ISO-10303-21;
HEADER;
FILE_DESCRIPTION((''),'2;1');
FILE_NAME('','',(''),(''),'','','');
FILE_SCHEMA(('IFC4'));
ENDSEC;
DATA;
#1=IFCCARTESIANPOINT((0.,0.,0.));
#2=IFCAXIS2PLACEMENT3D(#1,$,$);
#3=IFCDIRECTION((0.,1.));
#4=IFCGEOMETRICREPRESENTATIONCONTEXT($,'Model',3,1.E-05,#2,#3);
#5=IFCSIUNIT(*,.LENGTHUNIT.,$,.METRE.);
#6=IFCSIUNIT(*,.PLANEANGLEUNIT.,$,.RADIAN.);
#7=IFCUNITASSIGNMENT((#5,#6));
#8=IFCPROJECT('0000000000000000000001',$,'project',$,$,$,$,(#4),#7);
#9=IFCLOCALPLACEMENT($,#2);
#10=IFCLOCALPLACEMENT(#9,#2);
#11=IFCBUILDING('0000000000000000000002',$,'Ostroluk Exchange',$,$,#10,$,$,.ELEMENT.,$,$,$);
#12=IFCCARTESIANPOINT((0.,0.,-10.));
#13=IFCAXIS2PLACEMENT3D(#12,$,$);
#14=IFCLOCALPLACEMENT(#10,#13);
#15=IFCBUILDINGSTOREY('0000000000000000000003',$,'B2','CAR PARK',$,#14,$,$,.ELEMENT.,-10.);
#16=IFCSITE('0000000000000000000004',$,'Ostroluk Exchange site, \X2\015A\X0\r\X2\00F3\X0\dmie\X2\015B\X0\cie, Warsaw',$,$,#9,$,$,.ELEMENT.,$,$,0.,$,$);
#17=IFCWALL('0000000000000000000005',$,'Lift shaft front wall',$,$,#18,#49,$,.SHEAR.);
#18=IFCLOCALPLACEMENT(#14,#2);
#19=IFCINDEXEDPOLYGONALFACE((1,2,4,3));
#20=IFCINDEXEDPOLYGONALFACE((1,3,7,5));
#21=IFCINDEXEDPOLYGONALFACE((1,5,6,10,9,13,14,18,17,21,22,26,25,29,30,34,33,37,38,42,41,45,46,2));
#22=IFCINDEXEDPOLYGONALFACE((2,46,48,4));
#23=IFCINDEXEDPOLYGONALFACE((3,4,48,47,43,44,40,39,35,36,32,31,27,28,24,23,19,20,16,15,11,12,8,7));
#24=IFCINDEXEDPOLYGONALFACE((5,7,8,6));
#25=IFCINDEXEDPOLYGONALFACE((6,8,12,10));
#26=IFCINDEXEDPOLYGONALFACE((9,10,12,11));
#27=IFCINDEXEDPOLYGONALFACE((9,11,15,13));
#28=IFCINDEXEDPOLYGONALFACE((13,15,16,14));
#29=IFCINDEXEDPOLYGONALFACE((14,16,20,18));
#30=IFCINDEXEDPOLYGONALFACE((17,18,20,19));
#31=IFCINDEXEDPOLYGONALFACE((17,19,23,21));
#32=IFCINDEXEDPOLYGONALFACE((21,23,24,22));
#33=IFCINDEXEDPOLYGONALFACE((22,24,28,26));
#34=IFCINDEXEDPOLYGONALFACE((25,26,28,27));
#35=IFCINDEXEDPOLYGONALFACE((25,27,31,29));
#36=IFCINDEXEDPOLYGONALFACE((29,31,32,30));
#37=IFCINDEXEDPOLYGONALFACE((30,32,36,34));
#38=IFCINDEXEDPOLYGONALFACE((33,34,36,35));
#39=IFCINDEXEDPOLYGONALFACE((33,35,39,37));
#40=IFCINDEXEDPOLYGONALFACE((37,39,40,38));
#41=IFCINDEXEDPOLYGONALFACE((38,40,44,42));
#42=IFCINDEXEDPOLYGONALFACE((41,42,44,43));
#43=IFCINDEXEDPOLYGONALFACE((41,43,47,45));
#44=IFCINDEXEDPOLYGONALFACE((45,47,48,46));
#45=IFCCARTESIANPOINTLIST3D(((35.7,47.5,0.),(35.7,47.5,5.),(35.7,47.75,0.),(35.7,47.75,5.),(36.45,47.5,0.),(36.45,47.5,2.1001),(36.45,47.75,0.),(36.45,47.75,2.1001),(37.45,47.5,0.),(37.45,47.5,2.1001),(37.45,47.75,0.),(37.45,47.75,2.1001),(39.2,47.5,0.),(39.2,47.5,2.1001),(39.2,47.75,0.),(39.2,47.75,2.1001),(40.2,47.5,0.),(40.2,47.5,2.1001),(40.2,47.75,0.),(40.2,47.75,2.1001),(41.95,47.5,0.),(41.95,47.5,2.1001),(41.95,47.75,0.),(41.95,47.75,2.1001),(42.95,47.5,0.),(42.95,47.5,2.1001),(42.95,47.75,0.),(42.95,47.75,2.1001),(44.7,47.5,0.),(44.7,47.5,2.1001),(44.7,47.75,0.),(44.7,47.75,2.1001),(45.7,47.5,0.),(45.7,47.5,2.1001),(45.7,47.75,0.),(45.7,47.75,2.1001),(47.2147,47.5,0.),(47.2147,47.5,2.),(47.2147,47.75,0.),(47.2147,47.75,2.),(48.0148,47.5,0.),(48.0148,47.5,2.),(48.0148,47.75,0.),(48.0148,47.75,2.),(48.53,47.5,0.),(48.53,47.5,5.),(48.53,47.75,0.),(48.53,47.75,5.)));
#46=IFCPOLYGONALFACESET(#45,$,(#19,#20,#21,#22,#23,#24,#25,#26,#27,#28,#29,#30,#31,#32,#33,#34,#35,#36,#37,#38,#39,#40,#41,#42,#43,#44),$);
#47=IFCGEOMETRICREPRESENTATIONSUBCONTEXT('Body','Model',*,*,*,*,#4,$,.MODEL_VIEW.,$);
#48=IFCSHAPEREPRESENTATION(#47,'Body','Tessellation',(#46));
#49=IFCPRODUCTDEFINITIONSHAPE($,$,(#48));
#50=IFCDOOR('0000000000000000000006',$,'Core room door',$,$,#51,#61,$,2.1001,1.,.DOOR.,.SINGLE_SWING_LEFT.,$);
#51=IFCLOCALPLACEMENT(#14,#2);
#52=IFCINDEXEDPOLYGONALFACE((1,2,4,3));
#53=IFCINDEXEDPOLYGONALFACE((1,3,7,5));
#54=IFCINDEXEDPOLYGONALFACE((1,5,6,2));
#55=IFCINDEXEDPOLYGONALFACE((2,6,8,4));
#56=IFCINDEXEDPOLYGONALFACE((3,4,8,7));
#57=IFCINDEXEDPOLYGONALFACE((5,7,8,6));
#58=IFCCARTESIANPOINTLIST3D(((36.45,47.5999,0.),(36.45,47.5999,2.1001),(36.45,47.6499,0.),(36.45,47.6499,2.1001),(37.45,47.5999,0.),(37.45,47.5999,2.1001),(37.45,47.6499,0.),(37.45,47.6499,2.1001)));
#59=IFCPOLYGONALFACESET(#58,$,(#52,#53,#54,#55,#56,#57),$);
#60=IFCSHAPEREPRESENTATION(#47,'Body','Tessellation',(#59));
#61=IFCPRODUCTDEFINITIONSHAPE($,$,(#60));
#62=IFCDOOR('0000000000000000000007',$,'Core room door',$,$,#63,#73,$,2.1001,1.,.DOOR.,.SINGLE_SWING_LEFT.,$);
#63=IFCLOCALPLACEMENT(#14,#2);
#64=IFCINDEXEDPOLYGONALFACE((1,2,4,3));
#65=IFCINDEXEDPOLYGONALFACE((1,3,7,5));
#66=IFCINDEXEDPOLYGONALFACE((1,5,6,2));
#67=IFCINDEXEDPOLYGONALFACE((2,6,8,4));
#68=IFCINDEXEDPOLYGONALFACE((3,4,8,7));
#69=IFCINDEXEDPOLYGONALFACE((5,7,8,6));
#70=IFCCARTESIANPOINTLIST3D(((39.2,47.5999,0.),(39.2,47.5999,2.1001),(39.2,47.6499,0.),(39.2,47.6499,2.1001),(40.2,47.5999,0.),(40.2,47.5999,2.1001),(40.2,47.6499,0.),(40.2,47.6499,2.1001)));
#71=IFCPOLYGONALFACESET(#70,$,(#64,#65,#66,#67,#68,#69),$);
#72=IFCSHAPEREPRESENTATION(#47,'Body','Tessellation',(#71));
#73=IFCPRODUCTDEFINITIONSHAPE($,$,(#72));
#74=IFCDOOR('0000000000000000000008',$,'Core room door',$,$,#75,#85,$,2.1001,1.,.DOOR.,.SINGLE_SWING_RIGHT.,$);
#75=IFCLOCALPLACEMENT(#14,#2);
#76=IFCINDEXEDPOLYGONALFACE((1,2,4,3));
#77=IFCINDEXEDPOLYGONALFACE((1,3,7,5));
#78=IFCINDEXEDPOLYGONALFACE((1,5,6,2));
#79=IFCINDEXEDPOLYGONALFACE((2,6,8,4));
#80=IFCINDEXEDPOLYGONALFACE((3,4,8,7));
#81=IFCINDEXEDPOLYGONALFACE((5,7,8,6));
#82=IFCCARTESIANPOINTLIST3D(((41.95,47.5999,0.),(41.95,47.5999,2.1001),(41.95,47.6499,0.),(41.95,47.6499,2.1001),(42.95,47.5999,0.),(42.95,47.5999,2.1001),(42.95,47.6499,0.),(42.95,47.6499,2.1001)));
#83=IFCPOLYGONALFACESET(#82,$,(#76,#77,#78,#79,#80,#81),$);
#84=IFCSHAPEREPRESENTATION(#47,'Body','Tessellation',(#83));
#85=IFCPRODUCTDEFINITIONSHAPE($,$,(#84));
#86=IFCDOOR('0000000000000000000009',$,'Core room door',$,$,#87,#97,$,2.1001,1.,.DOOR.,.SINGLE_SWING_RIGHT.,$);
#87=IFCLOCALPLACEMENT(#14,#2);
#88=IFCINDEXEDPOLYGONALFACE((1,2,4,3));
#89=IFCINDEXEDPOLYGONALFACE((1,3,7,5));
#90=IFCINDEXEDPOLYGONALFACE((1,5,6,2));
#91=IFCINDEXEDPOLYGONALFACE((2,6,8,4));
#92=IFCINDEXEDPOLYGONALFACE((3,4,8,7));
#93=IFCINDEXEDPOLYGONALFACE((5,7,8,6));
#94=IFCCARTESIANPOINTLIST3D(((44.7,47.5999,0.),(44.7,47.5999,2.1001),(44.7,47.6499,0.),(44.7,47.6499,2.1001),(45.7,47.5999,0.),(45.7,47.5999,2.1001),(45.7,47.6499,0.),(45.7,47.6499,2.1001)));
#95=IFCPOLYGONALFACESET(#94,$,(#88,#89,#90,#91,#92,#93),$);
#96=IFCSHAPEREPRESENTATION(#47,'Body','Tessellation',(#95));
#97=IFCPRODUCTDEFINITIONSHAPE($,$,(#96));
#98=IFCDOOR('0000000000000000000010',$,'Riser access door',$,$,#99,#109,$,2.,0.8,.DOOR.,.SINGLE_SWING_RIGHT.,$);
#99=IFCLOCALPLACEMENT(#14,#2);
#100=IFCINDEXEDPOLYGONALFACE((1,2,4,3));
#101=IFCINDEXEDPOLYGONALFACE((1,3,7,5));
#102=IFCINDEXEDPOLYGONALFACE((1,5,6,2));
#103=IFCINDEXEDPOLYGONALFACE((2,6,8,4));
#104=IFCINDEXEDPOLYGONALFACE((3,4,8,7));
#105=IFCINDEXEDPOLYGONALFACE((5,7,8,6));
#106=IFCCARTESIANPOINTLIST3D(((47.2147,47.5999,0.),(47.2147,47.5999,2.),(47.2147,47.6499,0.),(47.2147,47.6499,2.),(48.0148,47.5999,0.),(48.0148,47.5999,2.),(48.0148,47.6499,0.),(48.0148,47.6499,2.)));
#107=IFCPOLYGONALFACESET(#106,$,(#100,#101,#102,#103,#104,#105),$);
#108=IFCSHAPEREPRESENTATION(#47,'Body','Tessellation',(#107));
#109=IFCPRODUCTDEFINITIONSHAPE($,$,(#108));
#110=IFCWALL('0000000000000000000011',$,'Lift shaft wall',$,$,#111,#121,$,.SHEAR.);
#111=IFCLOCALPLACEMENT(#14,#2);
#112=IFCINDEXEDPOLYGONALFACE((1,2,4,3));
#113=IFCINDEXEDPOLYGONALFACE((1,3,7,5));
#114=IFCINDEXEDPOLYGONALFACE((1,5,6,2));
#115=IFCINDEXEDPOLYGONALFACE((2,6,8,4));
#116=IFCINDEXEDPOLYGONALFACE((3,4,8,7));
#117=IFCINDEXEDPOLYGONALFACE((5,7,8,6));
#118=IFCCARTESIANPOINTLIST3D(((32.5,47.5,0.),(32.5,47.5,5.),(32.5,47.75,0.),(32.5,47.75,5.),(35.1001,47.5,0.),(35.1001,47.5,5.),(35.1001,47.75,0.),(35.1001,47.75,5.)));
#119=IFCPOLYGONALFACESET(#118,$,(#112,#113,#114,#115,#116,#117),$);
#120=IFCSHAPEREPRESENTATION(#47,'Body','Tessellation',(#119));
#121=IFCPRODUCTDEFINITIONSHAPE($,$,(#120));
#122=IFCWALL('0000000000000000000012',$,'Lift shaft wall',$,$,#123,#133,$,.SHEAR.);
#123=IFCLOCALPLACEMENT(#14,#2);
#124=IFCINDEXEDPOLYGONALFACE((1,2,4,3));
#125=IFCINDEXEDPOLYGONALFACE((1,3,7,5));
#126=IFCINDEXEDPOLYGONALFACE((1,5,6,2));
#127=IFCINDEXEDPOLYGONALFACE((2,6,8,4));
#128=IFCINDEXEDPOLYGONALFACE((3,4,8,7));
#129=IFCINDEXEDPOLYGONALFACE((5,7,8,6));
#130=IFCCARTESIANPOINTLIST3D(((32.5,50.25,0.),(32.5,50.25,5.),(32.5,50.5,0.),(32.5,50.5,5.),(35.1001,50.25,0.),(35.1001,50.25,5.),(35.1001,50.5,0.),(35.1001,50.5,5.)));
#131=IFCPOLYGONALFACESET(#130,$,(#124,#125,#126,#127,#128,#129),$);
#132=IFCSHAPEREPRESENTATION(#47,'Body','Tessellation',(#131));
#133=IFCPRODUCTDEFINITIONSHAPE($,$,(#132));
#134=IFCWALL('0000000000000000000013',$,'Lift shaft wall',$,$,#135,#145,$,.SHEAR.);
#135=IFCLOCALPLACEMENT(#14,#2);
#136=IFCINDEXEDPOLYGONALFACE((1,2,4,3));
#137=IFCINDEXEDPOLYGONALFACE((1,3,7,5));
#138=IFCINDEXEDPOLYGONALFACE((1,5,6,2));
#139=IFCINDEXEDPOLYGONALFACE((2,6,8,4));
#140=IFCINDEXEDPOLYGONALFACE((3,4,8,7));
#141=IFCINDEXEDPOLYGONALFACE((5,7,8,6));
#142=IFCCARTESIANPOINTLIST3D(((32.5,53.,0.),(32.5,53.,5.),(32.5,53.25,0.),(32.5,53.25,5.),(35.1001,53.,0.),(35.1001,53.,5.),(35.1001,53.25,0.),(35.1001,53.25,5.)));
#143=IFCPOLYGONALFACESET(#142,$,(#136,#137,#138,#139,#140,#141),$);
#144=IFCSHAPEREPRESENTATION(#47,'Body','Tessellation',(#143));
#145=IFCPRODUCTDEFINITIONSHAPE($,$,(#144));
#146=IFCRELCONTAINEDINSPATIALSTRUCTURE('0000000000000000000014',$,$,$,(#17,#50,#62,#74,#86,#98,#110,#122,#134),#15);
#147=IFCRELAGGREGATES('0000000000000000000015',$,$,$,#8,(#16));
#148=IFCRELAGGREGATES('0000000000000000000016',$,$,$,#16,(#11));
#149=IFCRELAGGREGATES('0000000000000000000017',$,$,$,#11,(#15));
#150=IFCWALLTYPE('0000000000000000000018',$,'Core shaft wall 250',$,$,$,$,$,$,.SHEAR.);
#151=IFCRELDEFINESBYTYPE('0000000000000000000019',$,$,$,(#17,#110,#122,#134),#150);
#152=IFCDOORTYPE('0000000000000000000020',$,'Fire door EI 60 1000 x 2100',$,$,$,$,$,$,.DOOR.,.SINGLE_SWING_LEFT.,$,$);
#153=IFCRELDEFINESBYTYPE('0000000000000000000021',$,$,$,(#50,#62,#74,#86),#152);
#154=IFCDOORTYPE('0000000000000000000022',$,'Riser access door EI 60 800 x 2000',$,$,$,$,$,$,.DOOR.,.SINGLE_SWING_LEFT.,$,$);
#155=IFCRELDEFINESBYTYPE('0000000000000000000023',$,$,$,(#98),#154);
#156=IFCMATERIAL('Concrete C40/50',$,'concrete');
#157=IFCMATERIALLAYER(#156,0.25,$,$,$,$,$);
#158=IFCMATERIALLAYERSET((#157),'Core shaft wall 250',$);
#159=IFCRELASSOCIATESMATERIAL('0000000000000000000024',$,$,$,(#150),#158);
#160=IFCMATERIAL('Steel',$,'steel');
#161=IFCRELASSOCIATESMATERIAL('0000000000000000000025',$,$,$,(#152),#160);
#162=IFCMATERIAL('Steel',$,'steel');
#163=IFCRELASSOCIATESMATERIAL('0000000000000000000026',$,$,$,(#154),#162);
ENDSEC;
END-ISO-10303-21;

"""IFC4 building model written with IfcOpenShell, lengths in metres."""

from ifc_helpers import new_model, si_unit, direction, frame, frame_2d, origin, place, context, subcontext, project, spatial, rectangle, extrude, material, layer, layer_set, type_object, element, fill, save


model = new_model("IFC4")

# Units and contexts
model_context = context("Model", 3, precision=1e-05, world=origin(), true_north=direction((0.0, 1.0)))
body_context = subcontext(model_context, "Body", "Model", "MODEL_VIEW")
ifc_project = project(units=[si_unit("LENGTHUNIT", "METRE"), si_unit("PLANEANGLEUNIT", "RADIAN")], contexts=[model_context])

# Site, building, storey
site_placement = place(None, origin())
site = spatial("IfcSite", under=ifc_project, at=site_placement, Name="Ostroluk Exchange site, Śródmieście, Warsaw", CompositionType="ELEMENT", RefElevation=0.0)
building_placement = place(site_placement, origin())
building = spatial("IfcBuilding", under=site, at=building_placement, Name="Ostroluk Exchange", CompositionType="ELEMENT")
storey_placement = place(building_placement, frame((0.0, 0.0, -10.0)))
storey = spatial("IfcBuildingStorey", under=building, at=storey_placement, Name="B2", Description="CAR PARK", CompositionType="ELEMENT", Elevation=-10.0)

# Shared definitions
ifc_material_1 = material(Name="Concrete C40/50", Category="concrete")
ifc_layer_1 = layer(ifc_material_1, 0.25)
ifc_layer_set_1 = layer_set([ifc_layer_1], Name="Core shaft wall 250")
wall_type_1 = type_object("IfcWallType", Name="Core shaft wall 250", PredefinedType="SHEAR", material=ifc_layer_set_1)

# Wall, openings, doors
wall_1_placement = place(storey_placement, frame((35.7, 47.625, 0.0), z_axis=(0.0, 0.0, 1.0), x_axis=(1.0, 0.0, 0.0)))
wall_1 = element("IfcWall", 1, at=wall_1_placement, inside=storey, type_object=wall_type_1, Name="Lift shaft front wall", PredefinedType="SHEAR", context=body_context, shape_type="SweptSolid", body=[
    extrude(rectangle(XDim=12.8301, YDim=0.25, at=frame_2d((6.415, 0.0))), origin(), (0.0, 0.0, 1.0), 5.0),
])
opening_1_placement = place(wall_1_placement, frame((0.75, 0.0, 0.0)))
opening_1 = element("IfcOpeningElement", 2, at=opening_1_placement, cuts=wall_1, PredefinedType="OPENING", context=body_context, shape_type="SweptSolid", body=[
    extrude(rectangle(XDim=1.0, YDim=2.1001, at=frame_2d((0.5, 1.05))), frame((0.0, 0.135, 0.0), z_axis=(0.0, -1.0, 0.0), x_axis=(1.0, 0.0, 0.0)), (0.0, 0.0, 1.0), 0.27),
])
opening_2_placement = place(wall_1_placement, frame((3.5, 0.0, 0.0)))
opening_2 = element("IfcOpeningElement", 3, at=opening_2_placement, cuts=wall_1, PredefinedType="OPENING", context=body_context, shape_type="SweptSolid", body=[
    extrude(rectangle(XDim=1.0, YDim=2.1001, at=frame_2d((0.5, 1.05))), frame((0.0, 0.135, 0.0), z_axis=(0.0, -1.0, 0.0), x_axis=(1.0, 0.0, 0.0)), (0.0, 0.0, 1.0), 0.27),
])
opening_3_placement = place(wall_1_placement, frame((6.25, 0.0, 0.0)))
opening_3 = element("IfcOpeningElement", 4, at=opening_3_placement, cuts=wall_1, PredefinedType="OPENING", context=body_context, shape_type="SweptSolid", body=[
    extrude(rectangle(XDim=1.0, YDim=2.1001, at=frame_2d((0.5, 1.05))), frame((0.0, 0.135, 0.0), z_axis=(0.0, -1.0, 0.0), x_axis=(1.0, 0.0, 0.0)), (0.0, 0.0, 1.0), 0.27),
])
opening_4_placement = place(wall_1_placement, frame((9.0, 0.0, 0.0)))
opening_4 = element("IfcOpeningElement", 5, at=opening_4_placement, cuts=wall_1, PredefinedType="OPENING", context=body_context, shape_type="SweptSolid", body=[
    extrude(rectangle(XDim=1.0, YDim=2.1001, at=frame_2d((0.5, 1.05))), frame((0.0, 0.135, 0.0), z_axis=(0.0, -1.0, 0.0), x_axis=(1.0, 0.0, 0.0)), (0.0, 0.0, 1.0), 0.27),
])
opening_5_placement = place(wall_1_placement, frame((11.5149, 0.0, 0.0)))
opening_5 = element("IfcOpeningElement", 6, at=opening_5_placement, cuts=wall_1, PredefinedType="OPENING", context=body_context, shape_type="SweptSolid", body=[
    extrude(rectangle(XDim=0.8, YDim=2.0, at=frame_2d((0.3999, 1.0))), frame((0.0, 0.135, 0.0), z_axis=(0.0, -1.0, 0.0), x_axis=(1.0, 0.0, 0.0)), (0.0, 0.0, 1.0), 0.27),
])
ifc_material_2 = material(Name="Steel", Category="steel")
door_type_1 = type_object("IfcDoorType", Name="Fire door EI 60 1000 x 2100", OperationType="SINGLE_SWING_LEFT", PredefinedType="DOOR", material=ifc_material_2)
door_1_placement = place(opening_1_placement, origin())
door_1 = element("IfcDoor", 7, at=door_1_placement, inside=storey, type_object=door_type_1, Name="Core room door", OperationType="SINGLE_SWING_LEFT", OverallHeight=2.1001, OverallWidth=1.0, PredefinedType="DOOR", context=body_context, shape_type="SweptSolid", body=[
    extrude(rectangle(XDim=1.0, YDim=2.1001, at=frame_2d((0.5, 1.05))), frame((0.0, 0.0249, 0.0), z_axis=(0.0, -1.0, 0.0), x_axis=(1.0, 0.0, 0.0)), (0.0, 0.0, 1.0), 0.05),
])
fill(opening_1, door_1)
door_2_placement = place(opening_2_placement, origin())
door_2 = element("IfcDoor", 8, at=door_2_placement, inside=storey, type_object=door_type_1, Name="Core room door", OperationType="SINGLE_SWING_LEFT", OverallHeight=2.1001, OverallWidth=1.0, PredefinedType="DOOR", context=body_context, shape_type="SweptSolid", body=[
    extrude(rectangle(XDim=1.0, YDim=2.1001, at=frame_2d((0.5, 1.05))), frame((0.0, 0.0249, 0.0), z_axis=(0.0, -1.0, 0.0), x_axis=(1.0, 0.0, 0.0)), (0.0, 0.0, 1.0), 0.05),
])
fill(opening_2, door_2)
door_3_placement = place(opening_3_placement, origin())
door_3 = element("IfcDoor", 9, at=door_3_placement, inside=storey, type_object=door_type_1, Name="Core room door", OperationType="SINGLE_SWING_RIGHT", OverallHeight=2.1001, OverallWidth=1.0, PredefinedType="DOOR", context=body_context, shape_type="SweptSolid", body=[
    extrude(rectangle(XDim=1.0, YDim=2.1001, at=frame_2d((0.5, 1.05))), frame((0.0, 0.0249, 0.0), z_axis=(0.0, -1.0, 0.0), x_axis=(1.0, 0.0, 0.0)), (0.0, 0.0, 1.0), 0.05),
])
fill(opening_3, door_3)
door_4_placement = place(opening_4_placement, origin())
door_4 = element("IfcDoor", 10, at=door_4_placement, inside=storey, type_object=door_type_1, Name="Core room door", OperationType="SINGLE_SWING_RIGHT", OverallHeight=2.1001, OverallWidth=1.0, PredefinedType="DOOR", context=body_context, shape_type="SweptSolid", body=[
    extrude(rectangle(XDim=1.0, YDim=2.1001, at=frame_2d((0.5, 1.05))), frame((0.0, 0.0249, 0.0), z_axis=(0.0, -1.0, 0.0), x_axis=(1.0, 0.0, 0.0)), (0.0, 0.0, 1.0), 0.05),
])
fill(opening_4, door_4)
ifc_material_3 = material(Name="Steel", Category="steel")
door_type_2 = type_object("IfcDoorType", Name="Riser access door EI 60 800 x 2000", OperationType="SINGLE_SWING_LEFT", PredefinedType="DOOR", material=ifc_material_3)
door_5_placement = place(opening_5_placement, origin())
door_5 = element("IfcDoor", 11, at=door_5_placement, inside=storey, type_object=door_type_2, Name="Riser access door", OperationType="SINGLE_SWING_RIGHT", OverallHeight=2.0, OverallWidth=0.8, PredefinedType="DOOR", context=body_context, shape_type="SweptSolid", body=[
    extrude(rectangle(XDim=0.8, YDim=2.0, at=frame_2d((0.3999, 1.0))), frame((0.0, 0.0249, 0.0), z_axis=(0.0, -1.0, 0.0), x_axis=(1.0, 0.0, 0.0)), (0.0, 0.0, 1.0), 0.05),
])
fill(opening_5, door_5)

# Walls
for number, where, z_axis, x_axis, name in (
    (12, (32.5, 47.625, 0.0), (0.0, 0.0, 1.0), (1.0, 0.0, 0.0), "Lift shaft wall"),
    (13, (32.5, 50.375, 0.0), (0.0, 0.0, 1.0), (1.0, 0.0, 0.0), "Lift shaft wall"),
    (14, (32.5, 53.125, 0.0), (0.0, 0.0, 1.0), (1.0, 0.0, 0.0), "Lift shaft wall"),
):
    element("IfcWall", number, at=place(storey_placement, frame(where, z_axis=z_axis, x_axis=x_axis)), inside=storey, type_object=wall_type_1, Name=name, PredefinedType="SHEAR", context=body_context, shape_type="SweptSolid", body=[
        extrude(rectangle(XDim=2.6001, YDim=0.25, at=frame_2d((1.3, 0.0))), origin(), (0.0, 0.0, 1.0), 5.0),
    ])

save(model, "model.ifc")
